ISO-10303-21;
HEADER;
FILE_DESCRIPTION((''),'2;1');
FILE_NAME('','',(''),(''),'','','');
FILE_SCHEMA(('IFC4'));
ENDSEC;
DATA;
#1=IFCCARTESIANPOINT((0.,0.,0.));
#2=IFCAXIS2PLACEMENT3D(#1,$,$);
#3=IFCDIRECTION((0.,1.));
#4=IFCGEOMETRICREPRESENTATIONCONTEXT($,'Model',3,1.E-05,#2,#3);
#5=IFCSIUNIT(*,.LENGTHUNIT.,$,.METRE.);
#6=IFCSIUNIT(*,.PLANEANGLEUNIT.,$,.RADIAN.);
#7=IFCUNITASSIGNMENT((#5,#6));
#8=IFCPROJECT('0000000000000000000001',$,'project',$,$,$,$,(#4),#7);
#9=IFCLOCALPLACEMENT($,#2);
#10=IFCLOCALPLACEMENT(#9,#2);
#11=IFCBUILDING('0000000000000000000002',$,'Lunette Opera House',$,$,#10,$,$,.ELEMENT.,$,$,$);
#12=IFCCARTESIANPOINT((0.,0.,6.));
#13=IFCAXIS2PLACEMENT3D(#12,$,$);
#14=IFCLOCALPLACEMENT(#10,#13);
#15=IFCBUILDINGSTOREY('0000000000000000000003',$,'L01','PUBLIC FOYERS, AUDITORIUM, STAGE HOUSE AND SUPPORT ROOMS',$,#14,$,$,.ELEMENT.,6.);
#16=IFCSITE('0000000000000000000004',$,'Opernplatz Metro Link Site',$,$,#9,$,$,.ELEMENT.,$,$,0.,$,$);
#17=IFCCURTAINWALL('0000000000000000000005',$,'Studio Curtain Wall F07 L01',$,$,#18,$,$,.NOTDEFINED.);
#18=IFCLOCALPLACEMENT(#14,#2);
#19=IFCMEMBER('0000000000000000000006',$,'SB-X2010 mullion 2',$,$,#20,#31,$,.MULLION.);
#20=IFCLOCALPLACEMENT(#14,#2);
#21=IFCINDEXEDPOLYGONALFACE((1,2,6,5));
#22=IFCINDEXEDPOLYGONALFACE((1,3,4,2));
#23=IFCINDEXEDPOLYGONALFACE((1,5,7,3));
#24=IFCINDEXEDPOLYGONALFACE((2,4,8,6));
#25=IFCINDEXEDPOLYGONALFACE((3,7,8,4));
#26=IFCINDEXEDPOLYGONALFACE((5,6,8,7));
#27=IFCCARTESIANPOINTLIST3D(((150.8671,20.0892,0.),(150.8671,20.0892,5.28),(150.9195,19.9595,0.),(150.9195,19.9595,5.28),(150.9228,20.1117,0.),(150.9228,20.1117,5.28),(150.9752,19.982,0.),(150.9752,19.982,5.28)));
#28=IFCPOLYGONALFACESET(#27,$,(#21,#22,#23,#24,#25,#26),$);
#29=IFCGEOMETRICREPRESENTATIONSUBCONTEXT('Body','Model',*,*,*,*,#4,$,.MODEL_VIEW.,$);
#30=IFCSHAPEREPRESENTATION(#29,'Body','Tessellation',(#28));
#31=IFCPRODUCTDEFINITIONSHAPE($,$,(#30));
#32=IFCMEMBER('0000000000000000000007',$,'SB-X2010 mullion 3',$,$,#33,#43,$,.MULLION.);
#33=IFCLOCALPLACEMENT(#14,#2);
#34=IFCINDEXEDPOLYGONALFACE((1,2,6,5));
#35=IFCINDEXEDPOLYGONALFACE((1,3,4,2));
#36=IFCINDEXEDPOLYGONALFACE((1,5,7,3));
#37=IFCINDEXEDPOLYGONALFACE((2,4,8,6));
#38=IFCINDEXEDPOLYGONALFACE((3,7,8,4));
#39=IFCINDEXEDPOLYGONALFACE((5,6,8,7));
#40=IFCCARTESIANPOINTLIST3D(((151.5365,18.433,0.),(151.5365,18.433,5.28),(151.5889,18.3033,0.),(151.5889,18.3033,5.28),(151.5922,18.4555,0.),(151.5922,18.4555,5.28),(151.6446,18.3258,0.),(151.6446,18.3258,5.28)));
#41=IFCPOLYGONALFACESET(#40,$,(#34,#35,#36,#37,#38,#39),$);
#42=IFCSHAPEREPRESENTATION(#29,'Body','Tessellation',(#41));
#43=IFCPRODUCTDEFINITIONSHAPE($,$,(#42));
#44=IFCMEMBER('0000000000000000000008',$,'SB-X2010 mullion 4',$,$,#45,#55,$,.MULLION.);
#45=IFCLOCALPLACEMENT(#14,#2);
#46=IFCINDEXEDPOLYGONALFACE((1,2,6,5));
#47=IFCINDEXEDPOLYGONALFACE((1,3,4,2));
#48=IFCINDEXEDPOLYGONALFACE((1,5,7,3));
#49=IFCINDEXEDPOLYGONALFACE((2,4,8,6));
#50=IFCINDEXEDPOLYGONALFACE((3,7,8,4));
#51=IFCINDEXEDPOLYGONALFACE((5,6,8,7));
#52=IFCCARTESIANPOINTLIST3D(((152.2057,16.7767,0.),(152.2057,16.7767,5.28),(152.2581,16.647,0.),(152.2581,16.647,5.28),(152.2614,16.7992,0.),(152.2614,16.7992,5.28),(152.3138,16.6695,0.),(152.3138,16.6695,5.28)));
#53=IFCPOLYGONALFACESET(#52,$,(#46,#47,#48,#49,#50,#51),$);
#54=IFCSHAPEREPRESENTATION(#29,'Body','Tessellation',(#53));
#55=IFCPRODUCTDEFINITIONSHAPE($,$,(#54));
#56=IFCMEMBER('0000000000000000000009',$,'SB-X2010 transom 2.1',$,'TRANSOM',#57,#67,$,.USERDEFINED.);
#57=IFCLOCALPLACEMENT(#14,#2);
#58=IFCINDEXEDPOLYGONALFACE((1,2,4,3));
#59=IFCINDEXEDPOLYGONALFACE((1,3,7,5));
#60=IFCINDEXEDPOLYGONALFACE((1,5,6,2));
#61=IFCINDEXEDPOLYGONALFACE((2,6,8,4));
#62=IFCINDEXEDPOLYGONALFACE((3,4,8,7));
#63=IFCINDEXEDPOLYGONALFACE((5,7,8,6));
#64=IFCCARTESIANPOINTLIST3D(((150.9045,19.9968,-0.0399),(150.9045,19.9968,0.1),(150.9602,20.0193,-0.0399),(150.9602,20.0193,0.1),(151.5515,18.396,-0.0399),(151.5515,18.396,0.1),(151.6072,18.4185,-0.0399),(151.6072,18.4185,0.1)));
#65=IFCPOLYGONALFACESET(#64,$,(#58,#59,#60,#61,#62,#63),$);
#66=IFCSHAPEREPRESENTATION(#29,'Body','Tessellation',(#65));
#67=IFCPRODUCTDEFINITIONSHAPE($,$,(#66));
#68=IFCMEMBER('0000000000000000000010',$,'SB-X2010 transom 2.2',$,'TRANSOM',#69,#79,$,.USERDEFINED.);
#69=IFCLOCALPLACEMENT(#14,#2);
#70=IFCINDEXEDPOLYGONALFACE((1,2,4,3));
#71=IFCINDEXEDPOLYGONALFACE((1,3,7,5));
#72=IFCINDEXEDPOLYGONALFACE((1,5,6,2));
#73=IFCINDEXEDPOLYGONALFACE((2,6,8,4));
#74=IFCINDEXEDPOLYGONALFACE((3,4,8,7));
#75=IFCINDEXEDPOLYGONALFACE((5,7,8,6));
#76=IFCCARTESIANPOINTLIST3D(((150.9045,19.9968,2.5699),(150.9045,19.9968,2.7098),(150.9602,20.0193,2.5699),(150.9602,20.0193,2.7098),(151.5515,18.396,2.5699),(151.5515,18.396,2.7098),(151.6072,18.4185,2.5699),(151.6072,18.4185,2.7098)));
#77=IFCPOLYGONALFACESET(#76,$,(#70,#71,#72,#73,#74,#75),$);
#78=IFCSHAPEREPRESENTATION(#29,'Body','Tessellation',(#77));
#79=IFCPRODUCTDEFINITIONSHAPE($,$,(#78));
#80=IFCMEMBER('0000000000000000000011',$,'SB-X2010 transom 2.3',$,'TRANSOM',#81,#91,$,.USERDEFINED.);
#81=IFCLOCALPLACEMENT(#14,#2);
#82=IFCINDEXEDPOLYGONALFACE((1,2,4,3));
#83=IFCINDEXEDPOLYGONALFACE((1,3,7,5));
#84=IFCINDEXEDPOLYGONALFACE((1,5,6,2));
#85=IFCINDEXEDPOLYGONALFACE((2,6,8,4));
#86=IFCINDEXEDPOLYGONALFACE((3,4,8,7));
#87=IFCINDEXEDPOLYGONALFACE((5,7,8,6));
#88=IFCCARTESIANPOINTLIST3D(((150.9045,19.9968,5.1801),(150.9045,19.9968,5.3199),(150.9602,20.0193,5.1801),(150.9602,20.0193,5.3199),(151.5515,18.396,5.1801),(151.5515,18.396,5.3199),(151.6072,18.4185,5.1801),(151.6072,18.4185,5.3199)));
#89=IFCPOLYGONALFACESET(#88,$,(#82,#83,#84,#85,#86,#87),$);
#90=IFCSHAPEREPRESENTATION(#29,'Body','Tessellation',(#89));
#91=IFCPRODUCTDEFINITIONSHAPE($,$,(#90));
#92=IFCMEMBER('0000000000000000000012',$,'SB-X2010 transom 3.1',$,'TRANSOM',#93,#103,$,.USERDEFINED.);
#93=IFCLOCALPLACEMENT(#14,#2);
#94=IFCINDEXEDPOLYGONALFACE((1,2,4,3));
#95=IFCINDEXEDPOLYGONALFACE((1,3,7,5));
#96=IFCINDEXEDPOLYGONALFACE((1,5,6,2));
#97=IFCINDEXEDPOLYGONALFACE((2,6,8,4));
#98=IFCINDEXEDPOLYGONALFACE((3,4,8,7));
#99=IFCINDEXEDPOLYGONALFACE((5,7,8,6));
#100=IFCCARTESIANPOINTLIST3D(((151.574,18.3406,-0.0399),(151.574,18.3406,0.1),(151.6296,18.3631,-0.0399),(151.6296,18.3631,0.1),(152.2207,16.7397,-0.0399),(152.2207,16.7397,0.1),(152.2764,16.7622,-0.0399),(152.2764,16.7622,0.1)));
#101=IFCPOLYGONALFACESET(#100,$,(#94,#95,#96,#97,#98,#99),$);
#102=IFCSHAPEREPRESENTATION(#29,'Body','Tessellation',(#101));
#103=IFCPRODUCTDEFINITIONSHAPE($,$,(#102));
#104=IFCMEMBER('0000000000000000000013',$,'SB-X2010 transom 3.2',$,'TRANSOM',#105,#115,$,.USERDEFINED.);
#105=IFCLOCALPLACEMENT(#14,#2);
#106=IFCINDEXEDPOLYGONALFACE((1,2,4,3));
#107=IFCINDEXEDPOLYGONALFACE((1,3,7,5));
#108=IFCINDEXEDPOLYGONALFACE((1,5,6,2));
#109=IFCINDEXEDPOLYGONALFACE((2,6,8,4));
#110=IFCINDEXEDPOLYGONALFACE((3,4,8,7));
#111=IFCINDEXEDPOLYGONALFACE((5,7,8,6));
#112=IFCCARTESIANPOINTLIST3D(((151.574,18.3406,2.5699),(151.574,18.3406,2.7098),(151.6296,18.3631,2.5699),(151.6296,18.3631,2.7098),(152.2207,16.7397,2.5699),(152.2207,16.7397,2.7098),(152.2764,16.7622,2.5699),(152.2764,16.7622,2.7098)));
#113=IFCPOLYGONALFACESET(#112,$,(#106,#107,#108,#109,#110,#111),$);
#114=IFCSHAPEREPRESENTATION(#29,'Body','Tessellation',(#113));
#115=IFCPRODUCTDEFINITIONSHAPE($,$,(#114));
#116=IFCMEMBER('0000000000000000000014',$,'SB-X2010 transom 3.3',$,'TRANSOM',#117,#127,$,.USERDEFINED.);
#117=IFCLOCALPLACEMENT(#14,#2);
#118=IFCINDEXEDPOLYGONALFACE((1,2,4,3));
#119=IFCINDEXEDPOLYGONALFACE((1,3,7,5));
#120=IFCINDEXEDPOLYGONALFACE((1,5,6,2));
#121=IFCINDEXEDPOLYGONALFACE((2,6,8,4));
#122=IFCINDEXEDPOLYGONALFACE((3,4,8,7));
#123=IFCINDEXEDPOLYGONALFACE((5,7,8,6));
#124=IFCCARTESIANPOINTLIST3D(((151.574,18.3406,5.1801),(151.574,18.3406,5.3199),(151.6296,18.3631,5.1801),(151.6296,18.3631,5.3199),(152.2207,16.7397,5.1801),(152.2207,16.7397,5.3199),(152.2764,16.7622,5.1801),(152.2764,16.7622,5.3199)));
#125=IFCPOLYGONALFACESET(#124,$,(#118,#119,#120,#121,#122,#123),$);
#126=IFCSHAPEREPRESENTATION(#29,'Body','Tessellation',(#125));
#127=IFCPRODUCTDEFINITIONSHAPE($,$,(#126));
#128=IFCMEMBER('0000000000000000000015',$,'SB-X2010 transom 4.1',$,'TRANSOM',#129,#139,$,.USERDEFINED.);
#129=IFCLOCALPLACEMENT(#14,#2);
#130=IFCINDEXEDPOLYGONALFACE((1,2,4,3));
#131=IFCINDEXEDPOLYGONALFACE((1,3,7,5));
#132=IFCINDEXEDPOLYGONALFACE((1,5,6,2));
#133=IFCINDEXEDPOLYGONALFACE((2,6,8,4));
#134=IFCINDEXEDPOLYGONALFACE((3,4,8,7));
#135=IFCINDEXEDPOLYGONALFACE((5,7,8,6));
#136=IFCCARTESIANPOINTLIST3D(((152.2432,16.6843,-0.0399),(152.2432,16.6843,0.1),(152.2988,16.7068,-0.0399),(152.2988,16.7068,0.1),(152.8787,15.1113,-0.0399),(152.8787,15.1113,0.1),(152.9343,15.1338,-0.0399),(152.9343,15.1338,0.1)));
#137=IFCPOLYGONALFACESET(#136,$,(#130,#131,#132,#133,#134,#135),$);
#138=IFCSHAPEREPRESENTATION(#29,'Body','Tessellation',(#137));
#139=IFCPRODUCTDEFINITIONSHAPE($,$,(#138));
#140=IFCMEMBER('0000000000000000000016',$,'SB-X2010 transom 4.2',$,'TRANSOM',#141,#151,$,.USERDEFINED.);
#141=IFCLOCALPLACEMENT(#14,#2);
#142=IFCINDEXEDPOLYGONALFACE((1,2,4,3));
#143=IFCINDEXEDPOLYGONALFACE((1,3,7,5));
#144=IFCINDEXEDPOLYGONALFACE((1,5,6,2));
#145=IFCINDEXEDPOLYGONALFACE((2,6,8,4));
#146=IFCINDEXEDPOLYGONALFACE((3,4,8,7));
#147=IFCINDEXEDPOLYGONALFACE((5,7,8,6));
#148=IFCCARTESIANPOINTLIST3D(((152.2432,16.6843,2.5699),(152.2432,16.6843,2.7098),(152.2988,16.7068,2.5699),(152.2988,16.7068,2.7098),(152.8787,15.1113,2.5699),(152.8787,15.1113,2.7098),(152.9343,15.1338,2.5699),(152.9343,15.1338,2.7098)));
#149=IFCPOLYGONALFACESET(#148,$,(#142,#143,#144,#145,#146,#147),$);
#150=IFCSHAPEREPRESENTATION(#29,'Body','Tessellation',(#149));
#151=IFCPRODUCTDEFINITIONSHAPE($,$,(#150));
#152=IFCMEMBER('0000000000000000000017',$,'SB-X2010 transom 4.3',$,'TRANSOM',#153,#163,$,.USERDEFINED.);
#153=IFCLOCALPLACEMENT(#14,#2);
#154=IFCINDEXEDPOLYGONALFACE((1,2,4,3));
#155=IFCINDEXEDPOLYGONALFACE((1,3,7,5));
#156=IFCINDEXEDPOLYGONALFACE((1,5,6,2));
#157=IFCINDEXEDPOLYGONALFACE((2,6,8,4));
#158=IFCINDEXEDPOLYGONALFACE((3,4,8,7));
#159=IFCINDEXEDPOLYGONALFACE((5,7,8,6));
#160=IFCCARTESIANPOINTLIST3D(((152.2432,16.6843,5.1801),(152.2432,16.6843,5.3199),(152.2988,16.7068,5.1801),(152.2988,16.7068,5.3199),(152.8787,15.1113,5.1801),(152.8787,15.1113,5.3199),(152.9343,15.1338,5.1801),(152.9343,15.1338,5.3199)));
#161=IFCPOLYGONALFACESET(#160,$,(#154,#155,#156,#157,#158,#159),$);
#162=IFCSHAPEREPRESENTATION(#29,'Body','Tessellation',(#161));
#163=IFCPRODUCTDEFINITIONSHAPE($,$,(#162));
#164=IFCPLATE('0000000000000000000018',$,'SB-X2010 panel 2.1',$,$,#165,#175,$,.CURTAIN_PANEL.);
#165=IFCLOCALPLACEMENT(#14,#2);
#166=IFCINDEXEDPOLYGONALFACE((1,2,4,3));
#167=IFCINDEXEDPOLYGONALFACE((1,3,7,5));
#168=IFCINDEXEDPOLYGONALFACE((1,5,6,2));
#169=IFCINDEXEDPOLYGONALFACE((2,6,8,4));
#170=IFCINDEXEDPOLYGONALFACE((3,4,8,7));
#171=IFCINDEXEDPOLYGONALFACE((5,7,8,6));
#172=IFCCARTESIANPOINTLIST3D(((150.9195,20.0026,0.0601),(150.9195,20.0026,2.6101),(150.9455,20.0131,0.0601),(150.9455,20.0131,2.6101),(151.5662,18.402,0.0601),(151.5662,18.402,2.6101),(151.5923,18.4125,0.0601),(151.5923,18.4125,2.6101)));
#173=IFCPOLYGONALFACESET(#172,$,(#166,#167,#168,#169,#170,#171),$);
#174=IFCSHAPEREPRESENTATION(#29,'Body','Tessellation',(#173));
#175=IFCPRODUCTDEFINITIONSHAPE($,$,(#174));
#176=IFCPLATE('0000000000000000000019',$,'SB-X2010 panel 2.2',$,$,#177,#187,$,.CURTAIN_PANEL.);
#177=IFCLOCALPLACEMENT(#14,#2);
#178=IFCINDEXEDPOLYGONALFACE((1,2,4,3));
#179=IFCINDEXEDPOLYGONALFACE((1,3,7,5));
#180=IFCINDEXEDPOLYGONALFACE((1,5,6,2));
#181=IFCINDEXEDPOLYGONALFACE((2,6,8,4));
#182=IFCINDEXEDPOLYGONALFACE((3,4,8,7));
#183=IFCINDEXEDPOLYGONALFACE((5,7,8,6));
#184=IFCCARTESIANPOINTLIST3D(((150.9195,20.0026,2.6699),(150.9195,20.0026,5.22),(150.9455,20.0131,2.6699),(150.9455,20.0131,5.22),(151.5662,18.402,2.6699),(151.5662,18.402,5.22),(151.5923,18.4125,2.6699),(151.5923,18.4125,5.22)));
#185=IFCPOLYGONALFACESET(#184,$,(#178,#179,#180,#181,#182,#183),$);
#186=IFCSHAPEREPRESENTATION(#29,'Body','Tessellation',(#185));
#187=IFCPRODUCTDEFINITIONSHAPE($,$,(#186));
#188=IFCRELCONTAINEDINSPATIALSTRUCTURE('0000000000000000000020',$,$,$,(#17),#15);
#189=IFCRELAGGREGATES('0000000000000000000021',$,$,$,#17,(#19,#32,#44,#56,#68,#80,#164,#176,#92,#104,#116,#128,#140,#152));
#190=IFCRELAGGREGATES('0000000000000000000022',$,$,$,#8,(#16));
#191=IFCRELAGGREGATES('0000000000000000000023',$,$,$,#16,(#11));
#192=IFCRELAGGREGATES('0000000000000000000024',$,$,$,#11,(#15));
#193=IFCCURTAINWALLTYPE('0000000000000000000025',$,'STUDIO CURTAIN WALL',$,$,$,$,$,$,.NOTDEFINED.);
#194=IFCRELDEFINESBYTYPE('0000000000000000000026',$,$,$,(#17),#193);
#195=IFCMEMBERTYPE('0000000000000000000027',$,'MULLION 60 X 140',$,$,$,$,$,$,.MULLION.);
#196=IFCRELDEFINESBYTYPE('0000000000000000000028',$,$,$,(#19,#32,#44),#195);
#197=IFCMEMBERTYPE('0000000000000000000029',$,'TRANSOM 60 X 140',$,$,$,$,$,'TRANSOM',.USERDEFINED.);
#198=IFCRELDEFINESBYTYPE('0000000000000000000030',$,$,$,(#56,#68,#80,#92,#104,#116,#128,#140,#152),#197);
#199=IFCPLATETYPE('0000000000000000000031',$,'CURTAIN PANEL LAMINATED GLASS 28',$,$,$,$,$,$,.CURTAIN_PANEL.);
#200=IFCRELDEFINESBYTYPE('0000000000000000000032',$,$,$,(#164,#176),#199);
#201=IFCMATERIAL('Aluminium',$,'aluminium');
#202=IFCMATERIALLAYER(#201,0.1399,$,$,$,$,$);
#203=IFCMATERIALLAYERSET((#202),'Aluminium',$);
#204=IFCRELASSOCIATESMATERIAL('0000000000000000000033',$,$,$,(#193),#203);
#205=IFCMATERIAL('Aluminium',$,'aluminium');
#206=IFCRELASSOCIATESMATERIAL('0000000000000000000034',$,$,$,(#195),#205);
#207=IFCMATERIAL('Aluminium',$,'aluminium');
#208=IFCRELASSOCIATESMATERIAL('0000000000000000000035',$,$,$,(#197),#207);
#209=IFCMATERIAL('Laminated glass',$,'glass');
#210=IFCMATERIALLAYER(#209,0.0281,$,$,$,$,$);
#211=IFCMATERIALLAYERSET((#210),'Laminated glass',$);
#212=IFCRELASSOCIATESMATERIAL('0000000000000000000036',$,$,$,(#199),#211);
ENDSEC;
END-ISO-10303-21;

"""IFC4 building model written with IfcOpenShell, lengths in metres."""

from ifc_helpers import new_model, si_unit, direction, frame, origin, origin_2d, place, context, subcontext, project, spatial, rectangle, extrude, material, layer, layer_set, material_profile, profile_set, type_object, element, aggregate, save


model = new_model("IFC4")

# Units and contexts
model_context = context("Model", 3, precision=1e-05, world=origin(), true_north=direction((0.0, 1.0)))
body_context = subcontext(model_context, "Body", "Model", "MODEL_VIEW")
ifc_project = project(units=[si_unit("LENGTHUNIT", "METRE"), si_unit("PLANEANGLEUNIT", "RADIAN")], contexts=[model_context])

# Site, building, storey
site_placement = place(None, origin())
site = spatial("IfcSite", under=ifc_project, at=site_placement, Name="Opernplatz Metro Link Site", CompositionType="ELEMENT", RefElevation=0.0)
building_placement = place(site_placement, origin())
building = spatial("IfcBuilding", under=site, at=building_placement, Name="Lunette Opera House", CompositionType="ELEMENT")
storey_placement = place(building_placement, frame((0.0, 0.0, 6.0)))
storey = spatial("IfcBuildingStorey", under=building, at=storey_placement, Name="L01", Description="PUBLIC FOYERS, AUDITORIUM, STAGE HOUSE AND SUPPORT ROOMS", CompositionType="ELEMENT", Elevation=6.0)

# Curtain wall, members, plates
ifc_material_1 = material(Name="Aluminium", Category="aluminium")
ifc_layer_1 = layer(ifc_material_1, 0.1399)
ifc_layer_set_1 = layer_set([ifc_layer_1], Name="Aluminium")
curtain_wall_type = type_object("IfcCurtainWallType", Name="STUDIO CURTAIN WALL", PredefinedType="NOTDEFINED", material=ifc_layer_set_1)
curtain_wall_placement = place(storey_placement, origin())
curtain_wall = element("IfcCurtainWall", 1, at=curtain_wall_placement, inside=storey, type_object=curtain_wall_type, Name="Studio Curtain Wall F07 L01", PredefinedType="NOTDEFINED")
ifc_material_2 = material(Name="Aluminium", Category="aluminium")
ifc_material_profile_1 = material_profile(ifc_material_2, rectangle(XDim=0.0601, YDim=0.1399, at=origin_2d()), Name="MULLION 60 X 140")
ifc_profile_set_1 = profile_set([ifc_material_profile_1], Name="Aluminium")
member_type_1 = type_object("IfcMemberType", Name="MULLION 60 X 140", PredefinedType="MULLION", material=ifc_profile_set_1)
member_1_placement = place(storey_placement, frame((150.9211, 20.0356, 0.0), z_axis=(0.0, 0.0, 1.0), x_axis=(0.927168, 0.374646, 0.0)))
member_1 = element("IfcMember", 2, at=member_1_placement, type_object=member_type_1, Name="SB-X2010 mullion 2", PredefinedType="MULLION", context=body_context, shape_type="SweptSolid", body=[
    extrude(rectangle(XDim=0.0601, YDim=0.1399, at=origin_2d()), origin(), (0.0, 0.0, 1.0), 5.28),
])
member_2_placement = place(storey_placement, frame((151.5906, 18.3794, 0.0), z_axis=(0.0, 0.0, 1.0), x_axis=(0.927168, 0.374646, 0.0)))
member_2 = element("IfcMember", 3, at=member_2_placement, type_object=member_type_1, Name="SB-X2010 mullion 3", PredefinedType="MULLION", context=body_context, shape_type="SweptSolid", body=[
    extrude(rectangle(XDim=0.0601, YDim=0.1399, at=origin_2d()), origin(), (0.0, 0.0, 1.0), 5.28),
])
member_3_placement = place(storey_placement, frame((152.2598, 16.7231, 0.0), z_axis=(0.0, 0.0, 1.0), x_axis=(0.927168, 0.374646, 0.0)))
member_3 = element("IfcMember", 4, at=member_3_placement, type_object=member_type_1, Name="SB-X2010 mullion 4", PredefinedType="MULLION", context=body_context, shape_type="SweptSolid", body=[
    extrude(rectangle(XDim=0.0601, YDim=0.1399, at=origin_2d()), origin(), (0.0, 0.0, 1.0), 5.28),
])
ifc_material_3 = material(Name="Aluminium", Category="aluminium")
ifc_material_profile_2 = material_profile(ifc_material_3, rectangle(XDim=0.0601, YDim=0.1399, at=origin_2d()), Name="TRANSOM 60 X 140")
ifc_profile_set_2 = profile_set([ifc_material_profile_2], Name="Aluminium")
member_type_2 = type_object("IfcMemberType", Name="TRANSOM 60 X 140", ElementType="TRANSOM", PredefinedType="USERDEFINED", material=ifc_profile_set_2)
member_4_placement = place(storey_placement, frame((150.9324, 20.0081, 0.03), z_axis=(0.374704, -0.927145, 0.0), x_axis=(0.927145, 0.374704, 0.0)))
member_4 = element("IfcMember", 5, at=member_4_placement, type_object=member_type_2, Name="SB-X2010 transom 2.1", ObjectType="TRANSOM", PredefinedType="USERDEFINED", context=body_context, shape_type="SweptSolid", body=[
    extrude(rectangle(XDim=0.0601, YDim=0.1399, at=origin_2d()), origin(), (0.0, 0.0, 1.0), 1.7266),
])
member_5_placement = place(storey_placement, frame((150.9324, 20.0081, 2.6399), z_axis=(0.374704, -0.927145, 0.0), x_axis=(0.927145, 0.374704, 0.0)))
member_5 = element("IfcMember", 6, at=member_5_placement, type_object=member_type_2, Name="SB-X2010 transom 2.2", ObjectType="TRANSOM", PredefinedType="USERDEFINED", context=body_context, shape_type="SweptSolid", body=[
    extrude(rectangle(XDim=0.0601, YDim=0.1399, at=origin_2d()), origin(), (0.0, 0.0, 1.0), 1.7266),
])
member_6_placement = place(storey_placement, frame((150.9324, 20.0081, 5.25), z_axis=(0.374704, -0.927145, 0.0), x_axis=(0.927145, 0.374704, 0.0)))
member_6 = element("IfcMember", 7, at=member_6_placement, type_object=member_type_2, Name="SB-X2010 transom 2.3", ObjectType="TRANSOM", PredefinedType="USERDEFINED", context=body_context, shape_type="SweptSolid", body=[
    extrude(rectangle(XDim=0.0601, YDim=0.1399, at=origin_2d()), origin(), (0.0, 0.0, 1.0), 1.7266),
])
member_7_placement = place(storey_placement, frame((151.6018, 18.3518, 0.03), z_axis=(0.374582, -0.927194, 0.0), x_axis=(0.927194, 0.374582, 0.0)))
member_7 = element("IfcMember", 8, at=member_7_placement, type_object=member_type_2, Name="SB-X2010 transom 3.1", ObjectType="TRANSOM", PredefinedType="USERDEFINED", context=body_context, shape_type="SweptSolid", body=[
    extrude(rectangle(XDim=0.0601, YDim=0.1399, at=origin_2d()), origin(), (0.0, 0.0, 1.0), 1.7266),
])
member_8_placement = place(storey_placement, frame((151.6018, 18.3518, 2.6399), z_axis=(0.374582, -0.927194, 0.0), x_axis=(0.927194, 0.374582, 0.0)))
member_8 = element("IfcMember", 9, at=member_8_placement, type_object=member_type_2, Name="SB-X2010 transom 3.2", ObjectType="TRANSOM", PredefinedType="USERDEFINED", context=body_context, shape_type="SweptSolid", body=[
    extrude(rectangle(XDim=0.0601, YDim=0.1399, at=origin_2d()), origin(), (0.0, 0.0, 1.0), 1.7266),
])
member_9_placement = place(storey_placement, frame((151.6018, 18.3518, 5.25), z_axis=(0.374582, -0.927194, 0.0), x_axis=(0.927194, 0.374582, 0.0)))
member_9 = element("IfcMember", 10, at=member_9_placement, type_object=member_type_2, Name="SB-X2010 transom 3.3", ObjectType="TRANSOM", PredefinedType="USERDEFINED", context=body_context, shape_type="SweptSolid", body=[
    extrude(rectangle(XDim=0.0601, YDim=0.1399, at=origin_2d()), origin(), (0.0, 0.0, 1.0), 1.7266),
])
member_10_placement = place(storey_placement, frame((152.271, 16.6956, 0.03), z_axis=(0.374589, -0.927191, 0.0), x_axis=(0.927191, 0.374589, 0.0)))
member_10 = element("IfcMember", 11, at=member_10_placement, type_object=member_type_2, Name="SB-X2010 transom 4.1", ObjectType="TRANSOM", PredefinedType="USERDEFINED", context=body_context, shape_type="SweptSolid", body=[
    extrude(rectangle(XDim=0.0601, YDim=0.1399, at=origin_2d()), origin(), (0.0, 0.0, 1.0), 1.6965),
])
member_11_placement = place(storey_placement, frame((152.271, 16.6956, 2.6399), z_axis=(0.374589, -0.927191, 0.0), x_axis=(0.927191, 0.374589, 0.0)))
member_11 = element("IfcMember", 12, at=member_11_placement, type_object=member_type_2, Name="SB-X2010 transom 4.2", ObjectType="TRANSOM", PredefinedType="USERDEFINED", context=body_context, shape_type="SweptSolid", body=[
    extrude(rectangle(XDim=0.0601, YDim=0.1399, at=origin_2d()), origin(), (0.0, 0.0, 1.0), 1.6965),
])
member_12_placement = place(storey_placement, frame((152.271, 16.6956, 5.25), z_axis=(0.374589, -0.927191, 0.0), x_axis=(0.927191, 0.374589, 0.0)))
member_12 = element("IfcMember", 13, at=member_12_placement, type_object=member_type_2, Name="SB-X2010 transom 4.3", ObjectType="TRANSOM", PredefinedType="USERDEFINED", context=body_context, shape_type="SweptSolid", body=[
    extrude(rectangle(XDim=0.0601, YDim=0.1399, at=origin_2d()), origin(), (0.0, 0.0, 1.0), 1.6965),
])
ifc_material_4 = material(Name="Laminated glass", Category="glass")
ifc_layer_2 = layer(ifc_material_4, 0.0281)
ifc_layer_set_2 = layer_set([ifc_layer_2], Name="Laminated glass")
plate_type = type_object("IfcPlateType", Name="CURTAIN PANEL LAMINATED GLASS 28", PredefinedType="CURTAIN_PANEL", material=ifc_layer_set_2)
plate_1_placement = place(storey_placement, frame((151.2559, 19.2075, 0.0601), z_axis=(0.0, 0.0, 1.0), x_axis=(0.374646, -0.927168, 0.0)))
plate_1 = element("IfcPlate", 14, at=plate_1_placement, type_object=plate_type, Name="SB-X2010 panel 2.1", PredefinedType="CURTAIN_PANEL", context=body_context, shape_type="SweptSolid", body=[
    extrude(rectangle(XDim=1.7263, YDim=0.0281, at=origin_2d()), origin(), (0.0, 0.0, 1.0), 2.55),
])
plate_2_placement = place(storey_placement, frame((151.2559, 19.2075, 2.6699), z_axis=(0.0, 0.0, 1.0), x_axis=(0.374646, -0.927168, 0.0)))
plate_2 = element("IfcPlate", 15, at=plate_2_placement, type_object=plate_type, Name="SB-X2010 panel 2.2", PredefinedType="CURTAIN_PANEL", context=body_context, shape_type="SweptSolid", body=[
    extrude(rectangle(XDim=1.7263, YDim=0.0281, at=origin_2d()), origin(), (0.0, 0.0, 1.0), 2.55),
])
aggregate(curtain_wall, [member_1, member_2, member_3, member_4, member_5, member_6, plate_1, plate_2, member_7, member_8, member_9, member_10, member_11, member_12])

save(model, "model.ifc")
